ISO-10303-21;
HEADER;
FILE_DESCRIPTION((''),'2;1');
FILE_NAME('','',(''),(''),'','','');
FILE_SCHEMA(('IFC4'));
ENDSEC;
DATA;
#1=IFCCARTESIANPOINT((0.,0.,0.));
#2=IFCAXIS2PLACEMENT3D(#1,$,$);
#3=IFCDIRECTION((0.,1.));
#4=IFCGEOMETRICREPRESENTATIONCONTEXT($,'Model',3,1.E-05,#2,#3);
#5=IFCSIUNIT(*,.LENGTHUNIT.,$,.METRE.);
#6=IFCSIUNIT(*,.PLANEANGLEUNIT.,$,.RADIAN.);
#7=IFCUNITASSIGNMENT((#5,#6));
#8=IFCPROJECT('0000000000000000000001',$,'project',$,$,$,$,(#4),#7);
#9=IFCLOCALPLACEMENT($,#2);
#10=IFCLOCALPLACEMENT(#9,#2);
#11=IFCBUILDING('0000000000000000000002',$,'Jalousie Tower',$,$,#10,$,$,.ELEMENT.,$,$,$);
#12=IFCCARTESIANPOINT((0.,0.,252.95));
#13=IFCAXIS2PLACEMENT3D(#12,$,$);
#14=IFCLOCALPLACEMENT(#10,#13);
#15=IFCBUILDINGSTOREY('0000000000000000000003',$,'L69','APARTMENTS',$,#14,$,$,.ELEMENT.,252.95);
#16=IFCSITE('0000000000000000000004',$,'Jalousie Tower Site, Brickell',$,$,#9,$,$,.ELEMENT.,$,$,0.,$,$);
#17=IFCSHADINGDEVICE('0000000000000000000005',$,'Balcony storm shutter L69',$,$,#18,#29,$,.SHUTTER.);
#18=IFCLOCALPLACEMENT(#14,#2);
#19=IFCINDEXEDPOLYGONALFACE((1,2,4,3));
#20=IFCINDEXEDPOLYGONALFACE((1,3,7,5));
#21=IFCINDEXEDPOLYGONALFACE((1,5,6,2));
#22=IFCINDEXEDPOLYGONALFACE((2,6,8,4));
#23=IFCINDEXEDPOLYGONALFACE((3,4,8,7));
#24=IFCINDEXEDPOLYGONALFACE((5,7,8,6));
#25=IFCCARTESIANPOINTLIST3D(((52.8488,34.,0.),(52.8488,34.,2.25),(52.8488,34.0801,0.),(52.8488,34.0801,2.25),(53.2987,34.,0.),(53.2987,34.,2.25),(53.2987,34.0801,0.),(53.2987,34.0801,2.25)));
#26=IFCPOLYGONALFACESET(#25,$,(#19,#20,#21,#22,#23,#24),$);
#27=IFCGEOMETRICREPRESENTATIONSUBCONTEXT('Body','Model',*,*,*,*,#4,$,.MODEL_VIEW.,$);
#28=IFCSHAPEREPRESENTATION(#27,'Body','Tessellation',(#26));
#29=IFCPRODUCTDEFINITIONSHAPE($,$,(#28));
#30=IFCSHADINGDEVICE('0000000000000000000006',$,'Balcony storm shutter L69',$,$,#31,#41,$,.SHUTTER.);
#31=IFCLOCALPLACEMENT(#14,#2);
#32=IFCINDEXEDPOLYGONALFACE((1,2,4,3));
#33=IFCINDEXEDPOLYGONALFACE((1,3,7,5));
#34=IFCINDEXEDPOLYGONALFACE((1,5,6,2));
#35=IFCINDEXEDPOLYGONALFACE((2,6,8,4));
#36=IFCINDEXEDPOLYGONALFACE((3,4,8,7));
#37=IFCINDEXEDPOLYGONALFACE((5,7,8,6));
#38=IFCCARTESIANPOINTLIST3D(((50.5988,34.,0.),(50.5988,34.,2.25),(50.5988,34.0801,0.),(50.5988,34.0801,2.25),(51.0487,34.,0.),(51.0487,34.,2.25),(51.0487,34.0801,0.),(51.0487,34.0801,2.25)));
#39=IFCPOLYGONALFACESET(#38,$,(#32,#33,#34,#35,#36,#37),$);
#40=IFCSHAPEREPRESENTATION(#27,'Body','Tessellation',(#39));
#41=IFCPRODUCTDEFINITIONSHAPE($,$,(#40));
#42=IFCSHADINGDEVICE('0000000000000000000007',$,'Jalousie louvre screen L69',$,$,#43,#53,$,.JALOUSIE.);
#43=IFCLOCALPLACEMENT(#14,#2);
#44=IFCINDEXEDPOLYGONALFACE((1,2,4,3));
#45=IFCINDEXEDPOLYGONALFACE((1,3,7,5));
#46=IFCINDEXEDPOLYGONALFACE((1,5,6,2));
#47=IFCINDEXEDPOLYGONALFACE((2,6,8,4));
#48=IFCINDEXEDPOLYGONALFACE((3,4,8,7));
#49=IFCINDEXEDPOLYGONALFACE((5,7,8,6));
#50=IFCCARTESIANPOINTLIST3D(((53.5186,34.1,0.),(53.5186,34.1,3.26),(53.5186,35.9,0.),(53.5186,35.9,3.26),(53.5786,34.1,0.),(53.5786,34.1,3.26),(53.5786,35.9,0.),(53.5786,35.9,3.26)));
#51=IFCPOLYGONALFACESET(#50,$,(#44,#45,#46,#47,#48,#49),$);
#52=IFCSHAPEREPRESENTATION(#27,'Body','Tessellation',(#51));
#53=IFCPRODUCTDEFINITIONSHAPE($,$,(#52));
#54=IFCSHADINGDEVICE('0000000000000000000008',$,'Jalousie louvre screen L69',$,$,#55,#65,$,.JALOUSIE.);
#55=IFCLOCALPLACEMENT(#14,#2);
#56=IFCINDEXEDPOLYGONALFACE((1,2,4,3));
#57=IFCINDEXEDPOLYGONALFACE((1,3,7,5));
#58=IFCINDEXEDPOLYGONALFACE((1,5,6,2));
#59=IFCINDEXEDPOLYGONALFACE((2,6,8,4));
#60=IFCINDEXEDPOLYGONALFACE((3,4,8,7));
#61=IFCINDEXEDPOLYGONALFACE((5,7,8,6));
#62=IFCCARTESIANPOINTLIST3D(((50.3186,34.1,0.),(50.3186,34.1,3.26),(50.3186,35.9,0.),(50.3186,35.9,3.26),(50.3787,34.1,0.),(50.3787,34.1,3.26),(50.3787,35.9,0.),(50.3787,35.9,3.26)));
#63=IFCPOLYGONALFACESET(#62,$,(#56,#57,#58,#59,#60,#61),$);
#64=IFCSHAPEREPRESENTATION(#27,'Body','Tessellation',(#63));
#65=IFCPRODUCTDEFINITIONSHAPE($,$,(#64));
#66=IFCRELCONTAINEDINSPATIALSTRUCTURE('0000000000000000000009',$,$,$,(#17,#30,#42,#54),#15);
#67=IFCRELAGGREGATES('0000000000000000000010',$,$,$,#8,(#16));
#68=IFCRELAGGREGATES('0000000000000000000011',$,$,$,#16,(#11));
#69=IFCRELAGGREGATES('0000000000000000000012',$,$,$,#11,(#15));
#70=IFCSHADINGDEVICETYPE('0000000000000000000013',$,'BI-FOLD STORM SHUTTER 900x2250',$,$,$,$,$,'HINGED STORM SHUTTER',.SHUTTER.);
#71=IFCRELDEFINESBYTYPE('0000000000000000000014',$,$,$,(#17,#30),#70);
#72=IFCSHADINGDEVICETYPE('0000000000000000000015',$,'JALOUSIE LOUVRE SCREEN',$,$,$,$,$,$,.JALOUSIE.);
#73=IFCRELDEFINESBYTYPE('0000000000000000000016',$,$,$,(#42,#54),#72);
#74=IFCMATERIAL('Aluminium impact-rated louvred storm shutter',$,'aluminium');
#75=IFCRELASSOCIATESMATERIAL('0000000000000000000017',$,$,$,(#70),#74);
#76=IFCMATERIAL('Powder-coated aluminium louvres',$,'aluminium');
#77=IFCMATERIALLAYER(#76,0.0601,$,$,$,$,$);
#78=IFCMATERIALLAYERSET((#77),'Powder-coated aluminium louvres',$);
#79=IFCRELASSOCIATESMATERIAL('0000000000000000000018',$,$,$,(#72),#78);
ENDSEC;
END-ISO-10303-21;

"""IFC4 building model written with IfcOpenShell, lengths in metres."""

from ifc_helpers import new_model, si_unit, direction, frame, origin, origin_2d, place, context, subcontext, project, spatial, rectangle, extrude, material, layer, layer_set, type_object, element, save


model = new_model("IFC4")

# Units and contexts
model_context = context("Model", 3, precision=1e-05, world=origin(), true_north=direction((0.0, 1.0)))
body_context = subcontext(model_context, "Body", "Model", "MODEL_VIEW")
ifc_project = project(units=[si_unit("LENGTHUNIT", "METRE"), si_unit("PLANEANGLEUNIT", "RADIAN")], contexts=[model_context])

# Site, building, storey
site_placement = place(None, origin())
site = spatial("IfcSite", under=ifc_project, at=site_placement, Name="Jalousie Tower Site, Brickell", CompositionType="ELEMENT", RefElevation=0.0)
building_placement = place(site_placement, origin())
building = spatial("IfcBuilding", under=site, at=building_placement, Name="Jalousie Tower", CompositionType="ELEMENT")
storey_placement = place(building_placement, frame((0.0, 0.0, 252.95)))
storey = spatial("IfcBuildingStorey", under=building, at=storey_placement, Name="L69", Description="APARTMENTS", CompositionType="ELEMENT", Elevation=252.95)

# Shading devices
ifc_material_1 = material(Name="Aluminium impact-rated louvred storm shutter", Category="aluminium")
shading_device_type_1 = type_object("IfcShadingDeviceType", Name="BI-FOLD STORM SHUTTER 900x2250", ElementType="HINGED STORM SHUTTER", PredefinedType="SHUTTER", material=ifc_material_1)
for number, where, z_axis, x_axis, name in (
    (1, (53.0737, 34.04, 0.0), (0.0, 0.0, 1.0), (-1.0, 0.0, 0.0), "Balcony storm shutter L69"),
    (2, (50.8237, 34.04, 0.0), (0.0, 0.0, 1.0), (-1.0, 0.0, 0.0), "Balcony storm shutter L69"),
):
    element("IfcShadingDevice", number, at=place(storey_placement, frame(where, z_axis=z_axis, x_axis=x_axis)), inside=storey, type_object=shading_device_type_1, Name=name, PredefinedType="SHUTTER", context=body_context, shape_type="SweptSolid", body=[
        extrude(rectangle(XDim=0.45, YDim=0.0801, at=origin_2d()), origin(), (0.0, 0.0, 1.0), 2.25),
    ])

# Shading devices
ifc_material_2 = material(Name="Powder-coated aluminium louvres", Category="aluminium")
ifc_layer_1 = layer(ifc_material_2, 0.0601)
ifc_layer_set_1 = layer_set([ifc_layer_1], Name="Powder-coated aluminium louvres")
shading_device_type_2 = type_object("IfcShadingDeviceType", Name="JALOUSIE LOUVRE SCREEN", PredefinedType="JALOUSIE", material=ifc_layer_set_1)
for number, where, z_axis, x_axis, name in (
    (3, (53.5486, 35.0, 0.0), (0.0, 0.0, 1.0), (-1.0, 0.0, 0.0), "Jalousie louvre screen L69"),
    (4, (50.3486, 35.0, 0.0), (0.0, 0.0, 1.0), (-1.0, 0.0, 0.0), "Jalousie louvre screen L69"),
):
    element("IfcShadingDevice", number, at=place(storey_placement, frame(where, z_axis=z_axis, x_axis=x_axis)), inside=storey, type_object=shading_device_type_2, Name=name, PredefinedType="JALOUSIE", context=body_context, shape_type="SweptSolid", body=[
        extrude(rectangle(XDim=0.0601, YDim=1.8, at=origin_2d()), origin(), (0.0, 0.0, 1.0), 3.26),
    ])

save(model, "model.ifc")
